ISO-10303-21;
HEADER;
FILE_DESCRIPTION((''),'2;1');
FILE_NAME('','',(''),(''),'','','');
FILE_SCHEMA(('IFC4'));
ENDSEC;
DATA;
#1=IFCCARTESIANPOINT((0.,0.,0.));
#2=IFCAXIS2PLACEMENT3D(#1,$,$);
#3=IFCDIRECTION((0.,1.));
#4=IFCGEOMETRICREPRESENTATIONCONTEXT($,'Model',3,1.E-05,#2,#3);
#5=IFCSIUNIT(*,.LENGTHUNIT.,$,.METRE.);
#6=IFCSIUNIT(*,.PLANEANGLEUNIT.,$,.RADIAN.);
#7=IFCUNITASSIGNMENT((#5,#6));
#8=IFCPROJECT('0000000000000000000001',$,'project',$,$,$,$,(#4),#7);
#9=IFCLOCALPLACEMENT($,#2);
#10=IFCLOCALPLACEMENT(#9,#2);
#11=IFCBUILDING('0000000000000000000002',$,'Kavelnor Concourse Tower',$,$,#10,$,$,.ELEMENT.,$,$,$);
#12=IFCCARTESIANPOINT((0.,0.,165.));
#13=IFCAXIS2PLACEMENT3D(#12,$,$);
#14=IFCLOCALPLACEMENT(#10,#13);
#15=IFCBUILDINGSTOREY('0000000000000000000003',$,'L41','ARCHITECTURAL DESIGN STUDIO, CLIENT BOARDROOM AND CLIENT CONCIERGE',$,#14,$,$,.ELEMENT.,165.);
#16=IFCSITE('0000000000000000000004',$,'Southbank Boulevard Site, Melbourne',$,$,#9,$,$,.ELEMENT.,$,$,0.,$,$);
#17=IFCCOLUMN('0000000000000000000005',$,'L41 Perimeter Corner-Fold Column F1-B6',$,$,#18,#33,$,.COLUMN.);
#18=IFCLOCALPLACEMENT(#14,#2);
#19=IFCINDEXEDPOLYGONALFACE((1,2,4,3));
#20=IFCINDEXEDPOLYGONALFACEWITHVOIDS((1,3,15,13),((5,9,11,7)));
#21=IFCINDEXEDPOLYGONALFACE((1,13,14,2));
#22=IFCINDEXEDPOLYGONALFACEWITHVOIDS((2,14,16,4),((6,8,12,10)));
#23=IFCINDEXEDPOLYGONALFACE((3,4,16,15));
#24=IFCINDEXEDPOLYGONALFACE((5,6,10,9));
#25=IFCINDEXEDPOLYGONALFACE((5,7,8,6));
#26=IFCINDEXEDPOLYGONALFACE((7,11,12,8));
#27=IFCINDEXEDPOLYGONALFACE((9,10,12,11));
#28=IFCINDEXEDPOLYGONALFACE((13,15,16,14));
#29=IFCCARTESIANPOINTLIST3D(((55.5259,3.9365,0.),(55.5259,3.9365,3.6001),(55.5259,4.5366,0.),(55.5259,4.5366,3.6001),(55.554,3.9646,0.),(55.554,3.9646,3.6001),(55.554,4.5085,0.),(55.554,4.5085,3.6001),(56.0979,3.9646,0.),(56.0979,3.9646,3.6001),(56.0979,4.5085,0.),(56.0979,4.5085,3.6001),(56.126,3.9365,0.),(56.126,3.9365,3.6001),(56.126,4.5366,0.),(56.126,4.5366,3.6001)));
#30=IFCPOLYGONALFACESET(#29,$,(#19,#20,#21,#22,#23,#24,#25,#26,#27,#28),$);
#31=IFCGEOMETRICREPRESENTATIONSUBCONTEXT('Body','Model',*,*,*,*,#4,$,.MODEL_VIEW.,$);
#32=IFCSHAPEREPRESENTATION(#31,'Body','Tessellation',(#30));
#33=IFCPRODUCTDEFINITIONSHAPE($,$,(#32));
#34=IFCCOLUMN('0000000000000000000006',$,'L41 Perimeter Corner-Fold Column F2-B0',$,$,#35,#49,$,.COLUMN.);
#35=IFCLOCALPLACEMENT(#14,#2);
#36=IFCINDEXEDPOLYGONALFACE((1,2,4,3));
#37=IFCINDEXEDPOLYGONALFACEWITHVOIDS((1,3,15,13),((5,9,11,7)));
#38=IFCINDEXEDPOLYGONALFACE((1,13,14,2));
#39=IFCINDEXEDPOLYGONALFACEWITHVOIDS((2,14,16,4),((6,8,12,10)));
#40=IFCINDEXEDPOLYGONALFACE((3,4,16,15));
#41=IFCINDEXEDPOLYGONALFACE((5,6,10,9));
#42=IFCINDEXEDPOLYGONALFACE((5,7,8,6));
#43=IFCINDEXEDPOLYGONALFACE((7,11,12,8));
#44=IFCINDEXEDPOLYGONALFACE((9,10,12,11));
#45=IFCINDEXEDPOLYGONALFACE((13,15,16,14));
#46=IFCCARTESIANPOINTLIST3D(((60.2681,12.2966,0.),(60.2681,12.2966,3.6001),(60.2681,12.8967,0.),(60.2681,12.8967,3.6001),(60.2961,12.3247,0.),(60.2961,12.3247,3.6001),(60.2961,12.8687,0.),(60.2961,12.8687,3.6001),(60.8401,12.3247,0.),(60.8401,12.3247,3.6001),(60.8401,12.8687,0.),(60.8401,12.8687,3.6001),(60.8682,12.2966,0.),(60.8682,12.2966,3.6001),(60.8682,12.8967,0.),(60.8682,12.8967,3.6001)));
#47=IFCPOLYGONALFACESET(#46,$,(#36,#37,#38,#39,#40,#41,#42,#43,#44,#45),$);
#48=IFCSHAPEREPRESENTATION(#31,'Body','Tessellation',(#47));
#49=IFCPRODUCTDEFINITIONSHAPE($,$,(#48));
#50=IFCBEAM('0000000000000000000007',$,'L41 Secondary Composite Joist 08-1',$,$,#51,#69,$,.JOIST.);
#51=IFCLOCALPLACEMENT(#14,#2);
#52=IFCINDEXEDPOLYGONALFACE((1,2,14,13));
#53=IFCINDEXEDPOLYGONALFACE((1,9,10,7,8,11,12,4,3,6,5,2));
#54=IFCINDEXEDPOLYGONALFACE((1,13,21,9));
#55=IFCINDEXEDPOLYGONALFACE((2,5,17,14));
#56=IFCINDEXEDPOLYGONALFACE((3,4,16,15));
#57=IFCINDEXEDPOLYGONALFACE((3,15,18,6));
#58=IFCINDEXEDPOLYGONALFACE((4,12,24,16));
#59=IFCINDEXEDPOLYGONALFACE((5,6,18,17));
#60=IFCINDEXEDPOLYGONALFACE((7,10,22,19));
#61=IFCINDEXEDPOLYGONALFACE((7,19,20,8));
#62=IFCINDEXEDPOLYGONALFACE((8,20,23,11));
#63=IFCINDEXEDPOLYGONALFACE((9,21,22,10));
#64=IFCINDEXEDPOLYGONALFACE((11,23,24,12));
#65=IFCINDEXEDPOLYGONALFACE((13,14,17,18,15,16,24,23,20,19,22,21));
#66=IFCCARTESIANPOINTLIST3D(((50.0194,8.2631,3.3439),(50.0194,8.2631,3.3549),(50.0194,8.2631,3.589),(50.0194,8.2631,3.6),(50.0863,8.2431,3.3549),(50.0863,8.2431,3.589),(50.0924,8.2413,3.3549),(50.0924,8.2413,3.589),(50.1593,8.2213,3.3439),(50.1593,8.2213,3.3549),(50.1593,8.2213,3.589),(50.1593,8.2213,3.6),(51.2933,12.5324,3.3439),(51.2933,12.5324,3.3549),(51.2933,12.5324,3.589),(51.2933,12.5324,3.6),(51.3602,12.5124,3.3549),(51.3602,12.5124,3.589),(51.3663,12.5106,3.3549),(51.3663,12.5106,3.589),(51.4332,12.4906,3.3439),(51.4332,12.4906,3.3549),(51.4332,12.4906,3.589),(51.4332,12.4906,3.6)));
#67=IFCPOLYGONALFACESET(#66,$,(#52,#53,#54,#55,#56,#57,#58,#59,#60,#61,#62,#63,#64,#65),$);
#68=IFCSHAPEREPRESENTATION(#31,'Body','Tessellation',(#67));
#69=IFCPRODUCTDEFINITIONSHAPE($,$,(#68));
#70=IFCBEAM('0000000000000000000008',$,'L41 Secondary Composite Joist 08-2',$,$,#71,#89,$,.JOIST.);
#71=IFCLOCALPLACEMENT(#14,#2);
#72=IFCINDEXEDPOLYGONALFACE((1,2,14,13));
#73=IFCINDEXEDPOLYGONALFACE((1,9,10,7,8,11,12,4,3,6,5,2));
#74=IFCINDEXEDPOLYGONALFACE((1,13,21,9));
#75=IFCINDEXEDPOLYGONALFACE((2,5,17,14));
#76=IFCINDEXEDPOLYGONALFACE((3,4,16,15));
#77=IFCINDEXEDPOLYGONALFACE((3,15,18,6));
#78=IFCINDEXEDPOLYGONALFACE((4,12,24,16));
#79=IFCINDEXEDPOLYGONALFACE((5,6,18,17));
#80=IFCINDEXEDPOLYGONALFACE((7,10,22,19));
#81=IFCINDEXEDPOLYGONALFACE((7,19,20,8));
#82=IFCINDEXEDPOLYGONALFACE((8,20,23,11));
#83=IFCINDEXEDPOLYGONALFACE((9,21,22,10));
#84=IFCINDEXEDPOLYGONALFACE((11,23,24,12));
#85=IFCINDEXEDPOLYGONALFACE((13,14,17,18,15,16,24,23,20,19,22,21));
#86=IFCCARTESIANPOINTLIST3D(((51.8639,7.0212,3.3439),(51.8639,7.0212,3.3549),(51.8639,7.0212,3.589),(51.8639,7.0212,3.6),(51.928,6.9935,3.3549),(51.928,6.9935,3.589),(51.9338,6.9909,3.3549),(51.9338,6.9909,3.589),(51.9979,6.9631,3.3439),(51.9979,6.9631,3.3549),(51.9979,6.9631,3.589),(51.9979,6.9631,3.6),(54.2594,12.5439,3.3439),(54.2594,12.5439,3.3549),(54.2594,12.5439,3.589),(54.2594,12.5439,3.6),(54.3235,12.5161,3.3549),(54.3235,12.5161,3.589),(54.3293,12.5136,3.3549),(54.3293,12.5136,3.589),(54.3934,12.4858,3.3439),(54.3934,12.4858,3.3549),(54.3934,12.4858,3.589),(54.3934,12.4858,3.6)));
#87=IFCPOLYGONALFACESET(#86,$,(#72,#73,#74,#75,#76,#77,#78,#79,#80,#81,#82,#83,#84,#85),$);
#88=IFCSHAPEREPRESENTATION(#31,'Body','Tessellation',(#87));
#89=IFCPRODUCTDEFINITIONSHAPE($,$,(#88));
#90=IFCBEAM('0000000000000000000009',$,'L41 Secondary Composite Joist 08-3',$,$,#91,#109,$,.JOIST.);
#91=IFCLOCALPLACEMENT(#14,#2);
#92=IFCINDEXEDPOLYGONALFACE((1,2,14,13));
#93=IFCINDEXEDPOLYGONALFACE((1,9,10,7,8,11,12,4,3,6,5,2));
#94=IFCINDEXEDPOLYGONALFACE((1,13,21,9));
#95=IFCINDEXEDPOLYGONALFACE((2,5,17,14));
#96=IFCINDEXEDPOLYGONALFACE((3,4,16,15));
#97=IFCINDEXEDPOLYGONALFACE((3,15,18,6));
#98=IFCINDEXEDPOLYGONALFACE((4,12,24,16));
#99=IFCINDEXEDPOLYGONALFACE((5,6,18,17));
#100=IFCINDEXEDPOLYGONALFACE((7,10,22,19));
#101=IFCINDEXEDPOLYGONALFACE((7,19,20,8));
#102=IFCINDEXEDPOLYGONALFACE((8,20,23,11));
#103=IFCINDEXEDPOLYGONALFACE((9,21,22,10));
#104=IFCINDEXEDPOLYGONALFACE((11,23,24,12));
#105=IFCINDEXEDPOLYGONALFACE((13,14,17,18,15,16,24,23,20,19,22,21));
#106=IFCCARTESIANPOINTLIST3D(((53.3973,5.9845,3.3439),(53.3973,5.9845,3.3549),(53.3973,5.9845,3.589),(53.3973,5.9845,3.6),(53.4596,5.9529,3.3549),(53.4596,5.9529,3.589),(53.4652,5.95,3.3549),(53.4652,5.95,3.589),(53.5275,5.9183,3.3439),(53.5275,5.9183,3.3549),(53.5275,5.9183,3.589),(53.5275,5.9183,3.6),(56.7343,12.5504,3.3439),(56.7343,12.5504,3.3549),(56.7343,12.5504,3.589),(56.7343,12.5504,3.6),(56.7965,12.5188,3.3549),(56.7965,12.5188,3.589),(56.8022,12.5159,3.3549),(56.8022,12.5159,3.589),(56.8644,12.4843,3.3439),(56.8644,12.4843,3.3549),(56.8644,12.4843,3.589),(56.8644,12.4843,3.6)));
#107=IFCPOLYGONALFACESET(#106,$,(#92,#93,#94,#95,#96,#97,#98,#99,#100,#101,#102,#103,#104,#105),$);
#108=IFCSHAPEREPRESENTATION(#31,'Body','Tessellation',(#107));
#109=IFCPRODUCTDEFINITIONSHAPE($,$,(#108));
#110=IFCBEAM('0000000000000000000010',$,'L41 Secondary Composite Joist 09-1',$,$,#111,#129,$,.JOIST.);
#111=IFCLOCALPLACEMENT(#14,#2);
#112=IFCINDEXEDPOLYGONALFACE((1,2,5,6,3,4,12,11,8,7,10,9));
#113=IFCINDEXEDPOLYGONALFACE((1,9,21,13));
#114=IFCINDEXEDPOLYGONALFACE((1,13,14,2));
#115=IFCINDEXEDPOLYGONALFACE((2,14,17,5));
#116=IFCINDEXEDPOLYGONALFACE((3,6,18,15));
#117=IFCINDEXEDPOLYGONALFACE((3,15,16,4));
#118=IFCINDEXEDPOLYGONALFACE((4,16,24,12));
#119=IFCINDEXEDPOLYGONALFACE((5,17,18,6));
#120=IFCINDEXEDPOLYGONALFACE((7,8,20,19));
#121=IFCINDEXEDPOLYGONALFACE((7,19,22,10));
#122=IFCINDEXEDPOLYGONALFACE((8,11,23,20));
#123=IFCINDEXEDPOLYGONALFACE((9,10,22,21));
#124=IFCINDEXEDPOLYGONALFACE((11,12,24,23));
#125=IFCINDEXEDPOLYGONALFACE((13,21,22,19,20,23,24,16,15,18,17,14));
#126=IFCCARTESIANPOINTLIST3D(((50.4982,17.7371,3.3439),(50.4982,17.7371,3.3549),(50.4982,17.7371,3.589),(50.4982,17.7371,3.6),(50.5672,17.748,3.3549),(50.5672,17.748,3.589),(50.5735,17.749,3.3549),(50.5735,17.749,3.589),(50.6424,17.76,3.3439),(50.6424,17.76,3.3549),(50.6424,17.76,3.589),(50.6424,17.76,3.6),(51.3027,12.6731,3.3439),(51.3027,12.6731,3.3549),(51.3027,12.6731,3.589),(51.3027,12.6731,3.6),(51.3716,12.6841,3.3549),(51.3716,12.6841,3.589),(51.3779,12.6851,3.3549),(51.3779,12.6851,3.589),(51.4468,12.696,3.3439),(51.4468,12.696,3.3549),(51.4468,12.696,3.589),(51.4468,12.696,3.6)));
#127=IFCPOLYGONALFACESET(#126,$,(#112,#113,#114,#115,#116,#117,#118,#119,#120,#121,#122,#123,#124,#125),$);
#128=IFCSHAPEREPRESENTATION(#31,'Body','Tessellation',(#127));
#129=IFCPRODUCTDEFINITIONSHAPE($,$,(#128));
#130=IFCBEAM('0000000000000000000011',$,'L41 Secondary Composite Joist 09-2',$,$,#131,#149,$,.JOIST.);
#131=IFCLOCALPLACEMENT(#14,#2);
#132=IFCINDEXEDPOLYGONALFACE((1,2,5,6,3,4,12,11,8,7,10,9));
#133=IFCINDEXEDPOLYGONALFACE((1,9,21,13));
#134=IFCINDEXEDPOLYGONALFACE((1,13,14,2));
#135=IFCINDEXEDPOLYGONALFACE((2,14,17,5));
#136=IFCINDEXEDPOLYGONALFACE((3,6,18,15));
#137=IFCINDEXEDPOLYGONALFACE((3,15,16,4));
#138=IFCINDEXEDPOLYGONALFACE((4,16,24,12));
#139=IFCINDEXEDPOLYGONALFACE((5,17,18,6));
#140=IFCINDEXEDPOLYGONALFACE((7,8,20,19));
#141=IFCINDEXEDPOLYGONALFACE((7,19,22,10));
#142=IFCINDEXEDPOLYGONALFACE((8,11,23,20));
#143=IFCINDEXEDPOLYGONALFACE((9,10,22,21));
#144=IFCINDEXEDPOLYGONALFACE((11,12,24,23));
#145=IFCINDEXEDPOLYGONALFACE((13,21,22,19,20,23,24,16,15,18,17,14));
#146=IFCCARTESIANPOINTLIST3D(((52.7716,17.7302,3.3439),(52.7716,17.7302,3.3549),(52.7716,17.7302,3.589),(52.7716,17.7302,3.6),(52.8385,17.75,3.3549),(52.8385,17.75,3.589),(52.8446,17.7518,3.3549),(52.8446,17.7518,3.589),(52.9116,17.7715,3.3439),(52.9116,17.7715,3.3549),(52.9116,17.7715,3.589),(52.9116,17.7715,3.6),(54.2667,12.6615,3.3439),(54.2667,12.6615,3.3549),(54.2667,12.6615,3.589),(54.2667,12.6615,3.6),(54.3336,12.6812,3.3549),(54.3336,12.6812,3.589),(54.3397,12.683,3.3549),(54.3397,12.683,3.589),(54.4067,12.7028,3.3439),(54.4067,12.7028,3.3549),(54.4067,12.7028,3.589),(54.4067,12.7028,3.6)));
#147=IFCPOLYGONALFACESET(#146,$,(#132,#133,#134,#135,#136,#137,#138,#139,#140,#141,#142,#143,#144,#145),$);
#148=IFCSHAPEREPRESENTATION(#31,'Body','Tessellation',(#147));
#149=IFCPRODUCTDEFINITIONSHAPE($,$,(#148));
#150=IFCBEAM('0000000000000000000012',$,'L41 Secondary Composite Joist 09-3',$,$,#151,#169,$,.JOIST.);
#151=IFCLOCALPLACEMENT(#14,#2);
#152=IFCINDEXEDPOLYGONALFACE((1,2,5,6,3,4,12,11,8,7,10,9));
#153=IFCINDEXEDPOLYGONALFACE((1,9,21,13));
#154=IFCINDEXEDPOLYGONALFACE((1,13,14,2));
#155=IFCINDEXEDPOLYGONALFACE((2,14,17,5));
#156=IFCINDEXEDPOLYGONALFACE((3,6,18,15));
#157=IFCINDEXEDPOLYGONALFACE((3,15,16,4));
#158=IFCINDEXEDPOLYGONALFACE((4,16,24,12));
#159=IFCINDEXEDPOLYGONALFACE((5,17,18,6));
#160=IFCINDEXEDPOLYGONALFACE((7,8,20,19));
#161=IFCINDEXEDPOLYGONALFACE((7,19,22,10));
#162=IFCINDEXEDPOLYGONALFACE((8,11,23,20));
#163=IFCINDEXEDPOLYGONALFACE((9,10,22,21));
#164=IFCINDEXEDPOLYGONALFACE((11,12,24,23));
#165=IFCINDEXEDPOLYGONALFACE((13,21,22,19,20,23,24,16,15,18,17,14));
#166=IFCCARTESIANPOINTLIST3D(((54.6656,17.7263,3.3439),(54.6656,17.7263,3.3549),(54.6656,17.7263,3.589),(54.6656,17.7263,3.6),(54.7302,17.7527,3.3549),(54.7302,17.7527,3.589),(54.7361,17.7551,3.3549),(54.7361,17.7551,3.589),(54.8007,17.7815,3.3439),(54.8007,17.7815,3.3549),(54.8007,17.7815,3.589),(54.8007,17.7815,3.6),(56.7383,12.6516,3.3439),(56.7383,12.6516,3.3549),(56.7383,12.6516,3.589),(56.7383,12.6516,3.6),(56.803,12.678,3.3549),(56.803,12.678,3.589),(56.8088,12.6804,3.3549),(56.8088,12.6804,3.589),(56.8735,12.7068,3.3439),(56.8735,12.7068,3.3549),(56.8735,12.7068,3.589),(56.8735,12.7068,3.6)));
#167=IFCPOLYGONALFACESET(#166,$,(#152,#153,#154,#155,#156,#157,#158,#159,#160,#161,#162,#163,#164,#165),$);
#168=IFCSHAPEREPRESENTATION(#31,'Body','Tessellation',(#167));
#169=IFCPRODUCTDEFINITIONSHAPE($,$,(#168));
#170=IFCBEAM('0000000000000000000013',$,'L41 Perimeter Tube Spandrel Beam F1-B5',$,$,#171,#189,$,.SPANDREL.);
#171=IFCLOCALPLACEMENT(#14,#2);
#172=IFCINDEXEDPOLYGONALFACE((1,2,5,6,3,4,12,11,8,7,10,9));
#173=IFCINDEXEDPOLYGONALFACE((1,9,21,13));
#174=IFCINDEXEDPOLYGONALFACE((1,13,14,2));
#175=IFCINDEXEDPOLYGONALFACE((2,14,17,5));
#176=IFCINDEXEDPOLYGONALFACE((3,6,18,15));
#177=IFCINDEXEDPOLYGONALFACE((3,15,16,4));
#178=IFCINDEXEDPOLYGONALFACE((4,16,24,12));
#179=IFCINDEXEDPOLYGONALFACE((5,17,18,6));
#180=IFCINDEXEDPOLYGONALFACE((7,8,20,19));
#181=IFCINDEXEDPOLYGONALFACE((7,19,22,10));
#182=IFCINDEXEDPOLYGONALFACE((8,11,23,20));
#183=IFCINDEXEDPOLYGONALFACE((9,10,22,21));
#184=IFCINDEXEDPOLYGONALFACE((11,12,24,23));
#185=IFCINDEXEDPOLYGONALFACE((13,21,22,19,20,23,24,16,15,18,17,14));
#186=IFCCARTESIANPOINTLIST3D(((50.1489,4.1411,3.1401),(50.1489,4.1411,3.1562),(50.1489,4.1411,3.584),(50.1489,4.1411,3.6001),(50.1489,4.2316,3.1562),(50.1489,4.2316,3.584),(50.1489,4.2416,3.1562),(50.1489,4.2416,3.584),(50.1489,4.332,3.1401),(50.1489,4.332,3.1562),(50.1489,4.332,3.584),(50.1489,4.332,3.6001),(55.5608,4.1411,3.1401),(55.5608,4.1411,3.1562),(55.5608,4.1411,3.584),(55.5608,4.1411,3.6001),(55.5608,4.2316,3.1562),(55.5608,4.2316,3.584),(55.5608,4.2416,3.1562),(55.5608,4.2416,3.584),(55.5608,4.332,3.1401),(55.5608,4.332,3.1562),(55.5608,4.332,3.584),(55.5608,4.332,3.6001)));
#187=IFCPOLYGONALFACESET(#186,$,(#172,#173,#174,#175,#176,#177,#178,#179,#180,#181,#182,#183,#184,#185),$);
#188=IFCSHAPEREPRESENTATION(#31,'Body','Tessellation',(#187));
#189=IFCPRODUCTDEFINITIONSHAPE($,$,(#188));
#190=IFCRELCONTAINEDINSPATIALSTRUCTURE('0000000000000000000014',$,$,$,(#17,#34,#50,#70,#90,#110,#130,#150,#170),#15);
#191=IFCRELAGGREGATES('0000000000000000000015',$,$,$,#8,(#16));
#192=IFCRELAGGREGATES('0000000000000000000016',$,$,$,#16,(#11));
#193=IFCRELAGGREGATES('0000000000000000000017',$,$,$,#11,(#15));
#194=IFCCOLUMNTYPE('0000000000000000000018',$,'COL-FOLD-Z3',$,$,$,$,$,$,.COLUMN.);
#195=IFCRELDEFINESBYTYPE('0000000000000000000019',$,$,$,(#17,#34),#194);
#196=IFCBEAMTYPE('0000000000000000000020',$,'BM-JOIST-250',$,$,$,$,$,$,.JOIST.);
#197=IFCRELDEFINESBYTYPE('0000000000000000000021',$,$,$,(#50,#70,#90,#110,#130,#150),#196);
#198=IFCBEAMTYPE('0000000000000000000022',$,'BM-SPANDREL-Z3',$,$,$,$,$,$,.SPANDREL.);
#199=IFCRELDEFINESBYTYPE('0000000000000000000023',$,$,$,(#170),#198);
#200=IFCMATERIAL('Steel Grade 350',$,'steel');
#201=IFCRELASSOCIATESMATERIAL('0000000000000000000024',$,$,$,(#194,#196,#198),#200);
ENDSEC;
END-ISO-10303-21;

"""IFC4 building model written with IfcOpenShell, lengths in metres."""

from ifc_helpers import new_model, si_unit, direction, frame, origin, origin_2d, place, context, subcontext, project, spatial, hollow_rectangle, i_section, extrude, material, material_profile, profile_set, type_object, element, save


model = new_model("IFC4")

# Units and contexts
model_context = context("Model", 3, precision=1e-05, world=origin(), true_north=direction((0.0, 1.0)))
body_context = subcontext(model_context, "Body", "Model", "MODEL_VIEW")
ifc_project = project(units=[si_unit("LENGTHUNIT", "METRE"), si_unit("PLANEANGLEUNIT", "RADIAN")], contexts=[model_context])

# Site, building, storey
site_placement = place(None, origin())
site = spatial("IfcSite", under=ifc_project, at=site_placement, Name="Southbank Boulevard Site, Melbourne", CompositionType="ELEMENT", RefElevation=0.0)
building_placement = place(site_placement, origin())
building = spatial("IfcBuilding", under=site, at=building_placement, Name="Kavelnor Concourse Tower", CompositionType="ELEMENT")
storey_placement = place(building_placement, frame((0.0, 0.0, 165.0)))
storey = spatial("IfcBuildingStorey", under=building, at=storey_placement, Name="L41", Description="ARCHITECTURAL DESIGN STUDIO, CLIENT BOARDROOM AND CLIENT CONCIERGE", CompositionType="ELEMENT", Elevation=165.0)

# Columns
ifc_material_1 = material(Name="Steel Grade 350", Category="steel")
ifc_material_profile_1 = material_profile(ifc_material_1, hollow_rectangle(XDim=0.6001, YDim=0.6001, WallThickness=0.0281, at=origin_2d()), Name="SHS 600x600x28")
ifc_profile_set_1 = profile_set([ifc_material_profile_1], Name="Steel Grade 350")
column_type = type_object("IfcColumnType", Name="COL-FOLD-Z3", PredefinedType="COLUMN", material=ifc_profile_set_1)
for number, where, z_axis, x_axis, name in (
    (1, (55.8259, 4.2366, 0.0), (0.0, 0.0, 1.0), (1.0, 0.0, 0.0), "L41 Perimeter Corner-Fold Column F1-B6"),
    (2, (60.5681, 12.5967, 0.0), (0.0, 0.0, 1.0), (1.0, 0.0, 0.0), "L41 Perimeter Corner-Fold Column F2-B0"),
):
    element("IfcColumn", number, at=place(storey_placement, frame(where, z_axis=z_axis, x_axis=x_axis)), inside=storey, type_object=column_type, Name=name, PredefinedType="COLUMN", context=body_context, shape_type="SweptSolid", body=[
        extrude(hollow_rectangle(XDim=0.6001, YDim=0.6001, WallThickness=0.0281, at=origin_2d()), origin(), (0.0, 0.0, 1.0), 3.6001),
    ])

# Beams
ifc_material_profile_2 = material_profile(ifc_material_1, i_section(OverallWidth=0.146, OverallDepth=0.2561, WebThickness=0.0063, FlangeThickness=0.011, at=origin_2d()), Name="250UB37")
ifc_profile_set_2 = profile_set([ifc_material_profile_2], Name="Steel Grade 350")
beam_type_1 = type_object("IfcBeamType", Name="BM-JOIST-250", PredefinedType="JOIST", material=ifc_profile_set_2)
beam_1_placement = place(storey_placement, frame((50.0894, 8.2422, 3.4719), z_axis=(0.285935, 0.958249, 0.0), x_axis=(-0.958249, 0.285935, 0.0)))
element("IfcBeam", 3, at=beam_1_placement, inside=storey, type_object=beam_type_1, Name="L41 Secondary Composite Joist 08-1", PredefinedType="JOIST", context=body_context, shape_type="SweptSolid", body=[
    extrude(i_section(OverallWidth=0.146, OverallDepth=0.2561, WebThickness=0.0063, FlangeThickness=0.011, at=origin_2d()), origin(), (0.0, 0.0, 1.0), 4.4553),
])
beam_2_placement = place(storey_placement, frame((51.9309, 6.9922, 3.4719), z_axis=(0.397934, 0.917414, 0.0), x_axis=(-0.917414, 0.397934, 0.0)))
element("IfcBeam", 4, at=beam_2_placement, inside=storey, type_object=beam_type_1, Name="L41 Secondary Composite Joist 08-2", PredefinedType="JOIST", context=body_context, shape_type="SweptSolid", body=[
    extrude(i_section(OverallWidth=0.146, OverallDepth=0.2561, WebThickness=0.0063, FlangeThickness=0.011, at=origin_2d()), origin(), (0.0, 0.0, 1.0), 6.0198),
])
beam_3_placement = place(storey_placement, frame((53.4624, 5.9514, 3.4719), z_axis=(0.453065, 0.891478, 0.0), x_axis=(-0.891478, 0.453065, 0.0)))
element("IfcBeam", 5, at=beam_3_placement, inside=storey, type_object=beam_type_1, Name="L41 Secondary Composite Joist 08-3", PredefinedType="JOIST", context=body_context, shape_type="SweptSolid", body=[
    extrude(i_section(OverallWidth=0.146, OverallDepth=0.2561, WebThickness=0.0063, FlangeThickness=0.011, at=origin_2d()), origin(), (0.0, 0.0, 1.0), 7.3652),
])
beam_4_placement = place(storey_placement, frame((51.3748, 12.6846, 3.4719), z_axis=(-0.156889, 0.987616, 0.0), x_axis=(-0.987616, -0.156889, 0.0)))
element("IfcBeam", 6, at=beam_4_placement, inside=storey, type_object=beam_type_1, Name="L41 Secondary Composite Joist 09-1", PredefinedType="JOIST", context=body_context, shape_type="SweptSolid", body=[
    extrude(i_section(OverallWidth=0.146, OverallDepth=0.2561, WebThickness=0.0063, FlangeThickness=0.011, at=origin_2d()), origin(), (0.0, 0.0, 1.0), 5.1274),
])
beam_5_placement = place(storey_placement, frame((54.3367, 12.6821, 3.4719), z_axis=(-0.282912, 0.959146, 0.0), x_axis=(-0.959146, -0.282912, 0.0)))
element("IfcBeam", 7, at=beam_5_placement, inside=storey, type_object=beam_type_1, Name="L41 Secondary Composite Joist 09-2", PredefinedType="JOIST", context=body_context, shape_type="SweptSolid", body=[
    extrude(i_section(OverallWidth=0.146, OverallDepth=0.2561, WebThickness=0.0063, FlangeThickness=0.011, at=origin_2d()), origin(), (0.0, 0.0, 1.0), 5.2847),
])
beam_6_placement = place(storey_placement, frame((56.8059, 12.6792, 3.4719), z_axis=(-0.378123, 0.925755, 0.0), x_axis=(-0.925755, -0.378123, 0.0)))
element("IfcBeam", 8, at=beam_6_placement, inside=storey, type_object=beam_type_1, Name="L41 Secondary Composite Joist 09-3", PredefinedType="JOIST", context=body_context, shape_type="SweptSolid", body=[
    extrude(i_section(OverallWidth=0.146, OverallDepth=0.2561, WebThickness=0.0063, FlangeThickness=0.011, at=origin_2d()), origin(), (0.0, 0.0, 1.0), 5.4817),
])
ifc_material_profile_3 = material_profile(ifc_material_1, i_section(OverallWidth=0.1909, OverallDepth=0.46, WebThickness=0.01, FlangeThickness=0.0161, at=origin_2d()), Name="460UB82")
ifc_profile_set_3 = profile_set([ifc_material_profile_3], Name="Steel Grade 350")
beam_type_2 = type_object("IfcBeamType", Name="BM-SPANDREL-Z3", PredefinedType="SPANDREL", material=ifc_profile_set_3)
beam_7_placement = place(storey_placement, frame((50.1489, 4.2366, 3.3701), z_axis=(1.0, 0.0, 0.0), x_axis=(0.0, 1.0, 0.0)))
element("IfcBeam", 9, at=beam_7_placement, inside=storey, type_object=beam_type_2, Name="L41 Perimeter Tube Spandrel Beam F1-B5", PredefinedType="SPANDREL", context=body_context, shape_type="SweptSolid", body=[
    extrude(i_section(OverallWidth=0.1909, OverallDepth=0.46, WebThickness=0.01, FlangeThickness=0.0161, at=origin_2d()), origin(), (0.0, 0.0, 1.0), 5.4119),
])

save(model, "model.ifc")
